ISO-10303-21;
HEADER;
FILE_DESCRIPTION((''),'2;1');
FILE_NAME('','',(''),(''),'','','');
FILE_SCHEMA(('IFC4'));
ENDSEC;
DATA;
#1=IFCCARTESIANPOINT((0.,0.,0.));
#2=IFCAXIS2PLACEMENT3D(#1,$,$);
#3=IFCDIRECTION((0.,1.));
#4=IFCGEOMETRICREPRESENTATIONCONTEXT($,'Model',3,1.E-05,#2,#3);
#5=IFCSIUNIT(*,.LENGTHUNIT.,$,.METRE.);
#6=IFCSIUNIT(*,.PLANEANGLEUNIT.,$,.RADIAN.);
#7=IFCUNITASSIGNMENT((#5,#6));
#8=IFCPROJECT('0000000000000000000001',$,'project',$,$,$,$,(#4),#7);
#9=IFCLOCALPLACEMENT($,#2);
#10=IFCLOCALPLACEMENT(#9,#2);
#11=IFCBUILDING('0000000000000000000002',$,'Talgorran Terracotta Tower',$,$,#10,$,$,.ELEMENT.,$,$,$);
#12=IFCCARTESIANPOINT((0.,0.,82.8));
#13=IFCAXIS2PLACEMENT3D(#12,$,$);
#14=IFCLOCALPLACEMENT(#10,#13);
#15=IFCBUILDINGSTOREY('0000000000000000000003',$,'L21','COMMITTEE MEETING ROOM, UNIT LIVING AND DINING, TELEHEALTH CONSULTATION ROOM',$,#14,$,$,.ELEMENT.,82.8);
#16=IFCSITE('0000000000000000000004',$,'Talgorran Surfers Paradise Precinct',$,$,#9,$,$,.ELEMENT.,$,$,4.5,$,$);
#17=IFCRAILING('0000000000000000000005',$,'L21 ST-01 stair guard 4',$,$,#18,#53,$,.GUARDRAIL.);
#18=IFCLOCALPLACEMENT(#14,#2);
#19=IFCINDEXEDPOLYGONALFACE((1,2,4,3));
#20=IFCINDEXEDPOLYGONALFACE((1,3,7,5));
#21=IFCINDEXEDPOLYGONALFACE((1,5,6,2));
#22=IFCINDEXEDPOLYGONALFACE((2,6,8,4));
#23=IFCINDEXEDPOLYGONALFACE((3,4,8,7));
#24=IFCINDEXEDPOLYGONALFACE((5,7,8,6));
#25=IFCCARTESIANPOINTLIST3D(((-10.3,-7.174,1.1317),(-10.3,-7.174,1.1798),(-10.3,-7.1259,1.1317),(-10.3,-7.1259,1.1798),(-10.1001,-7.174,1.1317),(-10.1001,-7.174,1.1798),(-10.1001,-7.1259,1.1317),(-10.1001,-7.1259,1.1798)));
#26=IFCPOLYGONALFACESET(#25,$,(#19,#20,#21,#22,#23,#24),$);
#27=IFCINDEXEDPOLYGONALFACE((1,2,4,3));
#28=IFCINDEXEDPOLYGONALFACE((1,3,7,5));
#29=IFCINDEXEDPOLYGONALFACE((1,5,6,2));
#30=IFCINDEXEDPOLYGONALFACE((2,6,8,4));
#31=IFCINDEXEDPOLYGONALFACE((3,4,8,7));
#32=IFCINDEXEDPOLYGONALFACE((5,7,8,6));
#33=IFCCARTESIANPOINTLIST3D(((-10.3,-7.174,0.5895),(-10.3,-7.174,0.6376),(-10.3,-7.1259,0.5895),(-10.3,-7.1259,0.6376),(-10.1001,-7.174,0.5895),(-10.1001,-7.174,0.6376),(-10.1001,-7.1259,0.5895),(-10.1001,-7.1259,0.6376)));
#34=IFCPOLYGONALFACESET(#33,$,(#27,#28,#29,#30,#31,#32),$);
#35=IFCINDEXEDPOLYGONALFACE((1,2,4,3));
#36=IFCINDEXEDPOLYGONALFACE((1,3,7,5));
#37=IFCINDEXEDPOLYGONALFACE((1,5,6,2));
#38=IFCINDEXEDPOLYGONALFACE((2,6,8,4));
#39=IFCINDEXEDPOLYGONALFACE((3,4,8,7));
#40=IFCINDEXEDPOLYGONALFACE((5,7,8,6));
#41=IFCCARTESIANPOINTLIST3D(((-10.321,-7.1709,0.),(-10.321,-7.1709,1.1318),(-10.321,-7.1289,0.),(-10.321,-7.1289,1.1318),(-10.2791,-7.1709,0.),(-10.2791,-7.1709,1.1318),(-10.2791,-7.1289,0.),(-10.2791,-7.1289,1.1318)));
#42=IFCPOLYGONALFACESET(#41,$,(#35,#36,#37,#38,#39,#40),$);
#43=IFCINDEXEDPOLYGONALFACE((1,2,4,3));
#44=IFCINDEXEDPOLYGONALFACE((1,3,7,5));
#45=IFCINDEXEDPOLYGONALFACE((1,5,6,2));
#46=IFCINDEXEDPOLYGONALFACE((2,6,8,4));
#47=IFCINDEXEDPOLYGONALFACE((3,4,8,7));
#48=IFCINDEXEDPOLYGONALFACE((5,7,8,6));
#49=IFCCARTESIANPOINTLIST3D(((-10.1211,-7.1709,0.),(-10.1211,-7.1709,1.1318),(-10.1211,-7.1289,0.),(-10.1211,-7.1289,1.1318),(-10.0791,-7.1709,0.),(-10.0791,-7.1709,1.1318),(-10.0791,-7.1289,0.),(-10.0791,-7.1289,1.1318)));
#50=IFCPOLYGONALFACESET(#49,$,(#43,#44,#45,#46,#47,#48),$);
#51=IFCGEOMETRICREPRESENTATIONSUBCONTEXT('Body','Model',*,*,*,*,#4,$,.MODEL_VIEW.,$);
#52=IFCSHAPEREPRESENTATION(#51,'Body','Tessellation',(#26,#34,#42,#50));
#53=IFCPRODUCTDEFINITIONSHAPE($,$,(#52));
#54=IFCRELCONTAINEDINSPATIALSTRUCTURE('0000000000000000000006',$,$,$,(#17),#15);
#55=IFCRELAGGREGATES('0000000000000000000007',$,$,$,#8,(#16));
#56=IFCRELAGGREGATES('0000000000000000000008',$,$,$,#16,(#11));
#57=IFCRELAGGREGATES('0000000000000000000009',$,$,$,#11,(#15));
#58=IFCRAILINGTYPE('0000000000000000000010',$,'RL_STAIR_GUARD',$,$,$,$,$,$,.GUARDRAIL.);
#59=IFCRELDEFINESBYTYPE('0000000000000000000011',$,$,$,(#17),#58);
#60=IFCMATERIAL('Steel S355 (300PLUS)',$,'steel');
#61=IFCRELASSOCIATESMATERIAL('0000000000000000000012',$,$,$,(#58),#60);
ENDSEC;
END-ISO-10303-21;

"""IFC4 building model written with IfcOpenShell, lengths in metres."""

from ifc_helpers import new_model, si_unit, direction, frame, origin, origin_2d, place, context, subcontext, project, spatial, rectangle, extrude, material, type_object, element, save


model = new_model("IFC4")

# Units and contexts
model_context = context("Model", 3, precision=1e-05, world=origin(), true_north=direction((0.0, 1.0)))
body_context = subcontext(model_context, "Body", "Model", "MODEL_VIEW")
ifc_project = project(units=[si_unit("LENGTHUNIT", "METRE"), si_unit("PLANEANGLEUNIT", "RADIAN")], contexts=[model_context])

# Site, building, storey
site_placement = place(None, origin())
site = spatial("IfcSite", under=ifc_project, at=site_placement, Name="Talgorran Surfers Paradise Precinct", CompositionType="ELEMENT", RefElevation=4.5)
building_placement = place(site_placement, origin())
building = spatial("IfcBuilding", under=site, at=building_placement, Name="Talgorran Terracotta Tower", CompositionType="ELEMENT")
storey_placement = place(building_placement, frame((0.0, 0.0, 82.8)))
storey = spatial("IfcBuildingStorey", under=building, at=storey_placement, Name="L21", Description="COMMITTEE MEETING ROOM, UNIT LIVING AND DINING, TELEHEALTH CONSULTATION ROOM", CompositionType="ELEMENT", Elevation=82.8)

# Railing
ifc_material_1 = material(Name="Steel S355 (300PLUS)", Category="steel")
railing_type_1 = type_object("IfcRailingType", Name="RL_STAIR_GUARD", PredefinedType="GUARDRAIL", material=ifc_material_1)
railing_1_placement = place(storey_placement, frame((-10.3, -7.1499, 0.0)))
element("IfcRailing", 1, at=railing_1_placement, inside=storey, type_object=railing_type_1, Name="L21 ST-01 stair guard 4", PredefinedType="GUARDRAIL", context=body_context, shape_type="SweptSolid", body=[
    extrude(rectangle(XDim=0.0481, YDim=0.0481, at=origin_2d()), frame((0.0, 0.0, 1.1558), z_axis=(1.0, 0.0, 0.0), x_axis=(0.0, 1.0, 0.0)), (0.0, 0.0, 1.0), 0.2),
    extrude(rectangle(XDim=0.0481, YDim=0.0481, at=origin_2d()), frame((0.0, 0.0, 0.6135), z_axis=(1.0, 0.0, 0.0), x_axis=(0.0, 1.0, 0.0)), (0.0, 0.0, 1.0), 0.2),
    extrude(rectangle(XDim=0.042, YDim=0.042, at=origin_2d()), origin(), (0.0, 0.0, 1.0), 1.1318),
    extrude(rectangle(XDim=0.042, YDim=0.042, at=origin_2d()), frame((0.2, 0.0, 0.0)), (0.0, 0.0, 1.0), 1.1318),
])

save(model, "model.ifc")
